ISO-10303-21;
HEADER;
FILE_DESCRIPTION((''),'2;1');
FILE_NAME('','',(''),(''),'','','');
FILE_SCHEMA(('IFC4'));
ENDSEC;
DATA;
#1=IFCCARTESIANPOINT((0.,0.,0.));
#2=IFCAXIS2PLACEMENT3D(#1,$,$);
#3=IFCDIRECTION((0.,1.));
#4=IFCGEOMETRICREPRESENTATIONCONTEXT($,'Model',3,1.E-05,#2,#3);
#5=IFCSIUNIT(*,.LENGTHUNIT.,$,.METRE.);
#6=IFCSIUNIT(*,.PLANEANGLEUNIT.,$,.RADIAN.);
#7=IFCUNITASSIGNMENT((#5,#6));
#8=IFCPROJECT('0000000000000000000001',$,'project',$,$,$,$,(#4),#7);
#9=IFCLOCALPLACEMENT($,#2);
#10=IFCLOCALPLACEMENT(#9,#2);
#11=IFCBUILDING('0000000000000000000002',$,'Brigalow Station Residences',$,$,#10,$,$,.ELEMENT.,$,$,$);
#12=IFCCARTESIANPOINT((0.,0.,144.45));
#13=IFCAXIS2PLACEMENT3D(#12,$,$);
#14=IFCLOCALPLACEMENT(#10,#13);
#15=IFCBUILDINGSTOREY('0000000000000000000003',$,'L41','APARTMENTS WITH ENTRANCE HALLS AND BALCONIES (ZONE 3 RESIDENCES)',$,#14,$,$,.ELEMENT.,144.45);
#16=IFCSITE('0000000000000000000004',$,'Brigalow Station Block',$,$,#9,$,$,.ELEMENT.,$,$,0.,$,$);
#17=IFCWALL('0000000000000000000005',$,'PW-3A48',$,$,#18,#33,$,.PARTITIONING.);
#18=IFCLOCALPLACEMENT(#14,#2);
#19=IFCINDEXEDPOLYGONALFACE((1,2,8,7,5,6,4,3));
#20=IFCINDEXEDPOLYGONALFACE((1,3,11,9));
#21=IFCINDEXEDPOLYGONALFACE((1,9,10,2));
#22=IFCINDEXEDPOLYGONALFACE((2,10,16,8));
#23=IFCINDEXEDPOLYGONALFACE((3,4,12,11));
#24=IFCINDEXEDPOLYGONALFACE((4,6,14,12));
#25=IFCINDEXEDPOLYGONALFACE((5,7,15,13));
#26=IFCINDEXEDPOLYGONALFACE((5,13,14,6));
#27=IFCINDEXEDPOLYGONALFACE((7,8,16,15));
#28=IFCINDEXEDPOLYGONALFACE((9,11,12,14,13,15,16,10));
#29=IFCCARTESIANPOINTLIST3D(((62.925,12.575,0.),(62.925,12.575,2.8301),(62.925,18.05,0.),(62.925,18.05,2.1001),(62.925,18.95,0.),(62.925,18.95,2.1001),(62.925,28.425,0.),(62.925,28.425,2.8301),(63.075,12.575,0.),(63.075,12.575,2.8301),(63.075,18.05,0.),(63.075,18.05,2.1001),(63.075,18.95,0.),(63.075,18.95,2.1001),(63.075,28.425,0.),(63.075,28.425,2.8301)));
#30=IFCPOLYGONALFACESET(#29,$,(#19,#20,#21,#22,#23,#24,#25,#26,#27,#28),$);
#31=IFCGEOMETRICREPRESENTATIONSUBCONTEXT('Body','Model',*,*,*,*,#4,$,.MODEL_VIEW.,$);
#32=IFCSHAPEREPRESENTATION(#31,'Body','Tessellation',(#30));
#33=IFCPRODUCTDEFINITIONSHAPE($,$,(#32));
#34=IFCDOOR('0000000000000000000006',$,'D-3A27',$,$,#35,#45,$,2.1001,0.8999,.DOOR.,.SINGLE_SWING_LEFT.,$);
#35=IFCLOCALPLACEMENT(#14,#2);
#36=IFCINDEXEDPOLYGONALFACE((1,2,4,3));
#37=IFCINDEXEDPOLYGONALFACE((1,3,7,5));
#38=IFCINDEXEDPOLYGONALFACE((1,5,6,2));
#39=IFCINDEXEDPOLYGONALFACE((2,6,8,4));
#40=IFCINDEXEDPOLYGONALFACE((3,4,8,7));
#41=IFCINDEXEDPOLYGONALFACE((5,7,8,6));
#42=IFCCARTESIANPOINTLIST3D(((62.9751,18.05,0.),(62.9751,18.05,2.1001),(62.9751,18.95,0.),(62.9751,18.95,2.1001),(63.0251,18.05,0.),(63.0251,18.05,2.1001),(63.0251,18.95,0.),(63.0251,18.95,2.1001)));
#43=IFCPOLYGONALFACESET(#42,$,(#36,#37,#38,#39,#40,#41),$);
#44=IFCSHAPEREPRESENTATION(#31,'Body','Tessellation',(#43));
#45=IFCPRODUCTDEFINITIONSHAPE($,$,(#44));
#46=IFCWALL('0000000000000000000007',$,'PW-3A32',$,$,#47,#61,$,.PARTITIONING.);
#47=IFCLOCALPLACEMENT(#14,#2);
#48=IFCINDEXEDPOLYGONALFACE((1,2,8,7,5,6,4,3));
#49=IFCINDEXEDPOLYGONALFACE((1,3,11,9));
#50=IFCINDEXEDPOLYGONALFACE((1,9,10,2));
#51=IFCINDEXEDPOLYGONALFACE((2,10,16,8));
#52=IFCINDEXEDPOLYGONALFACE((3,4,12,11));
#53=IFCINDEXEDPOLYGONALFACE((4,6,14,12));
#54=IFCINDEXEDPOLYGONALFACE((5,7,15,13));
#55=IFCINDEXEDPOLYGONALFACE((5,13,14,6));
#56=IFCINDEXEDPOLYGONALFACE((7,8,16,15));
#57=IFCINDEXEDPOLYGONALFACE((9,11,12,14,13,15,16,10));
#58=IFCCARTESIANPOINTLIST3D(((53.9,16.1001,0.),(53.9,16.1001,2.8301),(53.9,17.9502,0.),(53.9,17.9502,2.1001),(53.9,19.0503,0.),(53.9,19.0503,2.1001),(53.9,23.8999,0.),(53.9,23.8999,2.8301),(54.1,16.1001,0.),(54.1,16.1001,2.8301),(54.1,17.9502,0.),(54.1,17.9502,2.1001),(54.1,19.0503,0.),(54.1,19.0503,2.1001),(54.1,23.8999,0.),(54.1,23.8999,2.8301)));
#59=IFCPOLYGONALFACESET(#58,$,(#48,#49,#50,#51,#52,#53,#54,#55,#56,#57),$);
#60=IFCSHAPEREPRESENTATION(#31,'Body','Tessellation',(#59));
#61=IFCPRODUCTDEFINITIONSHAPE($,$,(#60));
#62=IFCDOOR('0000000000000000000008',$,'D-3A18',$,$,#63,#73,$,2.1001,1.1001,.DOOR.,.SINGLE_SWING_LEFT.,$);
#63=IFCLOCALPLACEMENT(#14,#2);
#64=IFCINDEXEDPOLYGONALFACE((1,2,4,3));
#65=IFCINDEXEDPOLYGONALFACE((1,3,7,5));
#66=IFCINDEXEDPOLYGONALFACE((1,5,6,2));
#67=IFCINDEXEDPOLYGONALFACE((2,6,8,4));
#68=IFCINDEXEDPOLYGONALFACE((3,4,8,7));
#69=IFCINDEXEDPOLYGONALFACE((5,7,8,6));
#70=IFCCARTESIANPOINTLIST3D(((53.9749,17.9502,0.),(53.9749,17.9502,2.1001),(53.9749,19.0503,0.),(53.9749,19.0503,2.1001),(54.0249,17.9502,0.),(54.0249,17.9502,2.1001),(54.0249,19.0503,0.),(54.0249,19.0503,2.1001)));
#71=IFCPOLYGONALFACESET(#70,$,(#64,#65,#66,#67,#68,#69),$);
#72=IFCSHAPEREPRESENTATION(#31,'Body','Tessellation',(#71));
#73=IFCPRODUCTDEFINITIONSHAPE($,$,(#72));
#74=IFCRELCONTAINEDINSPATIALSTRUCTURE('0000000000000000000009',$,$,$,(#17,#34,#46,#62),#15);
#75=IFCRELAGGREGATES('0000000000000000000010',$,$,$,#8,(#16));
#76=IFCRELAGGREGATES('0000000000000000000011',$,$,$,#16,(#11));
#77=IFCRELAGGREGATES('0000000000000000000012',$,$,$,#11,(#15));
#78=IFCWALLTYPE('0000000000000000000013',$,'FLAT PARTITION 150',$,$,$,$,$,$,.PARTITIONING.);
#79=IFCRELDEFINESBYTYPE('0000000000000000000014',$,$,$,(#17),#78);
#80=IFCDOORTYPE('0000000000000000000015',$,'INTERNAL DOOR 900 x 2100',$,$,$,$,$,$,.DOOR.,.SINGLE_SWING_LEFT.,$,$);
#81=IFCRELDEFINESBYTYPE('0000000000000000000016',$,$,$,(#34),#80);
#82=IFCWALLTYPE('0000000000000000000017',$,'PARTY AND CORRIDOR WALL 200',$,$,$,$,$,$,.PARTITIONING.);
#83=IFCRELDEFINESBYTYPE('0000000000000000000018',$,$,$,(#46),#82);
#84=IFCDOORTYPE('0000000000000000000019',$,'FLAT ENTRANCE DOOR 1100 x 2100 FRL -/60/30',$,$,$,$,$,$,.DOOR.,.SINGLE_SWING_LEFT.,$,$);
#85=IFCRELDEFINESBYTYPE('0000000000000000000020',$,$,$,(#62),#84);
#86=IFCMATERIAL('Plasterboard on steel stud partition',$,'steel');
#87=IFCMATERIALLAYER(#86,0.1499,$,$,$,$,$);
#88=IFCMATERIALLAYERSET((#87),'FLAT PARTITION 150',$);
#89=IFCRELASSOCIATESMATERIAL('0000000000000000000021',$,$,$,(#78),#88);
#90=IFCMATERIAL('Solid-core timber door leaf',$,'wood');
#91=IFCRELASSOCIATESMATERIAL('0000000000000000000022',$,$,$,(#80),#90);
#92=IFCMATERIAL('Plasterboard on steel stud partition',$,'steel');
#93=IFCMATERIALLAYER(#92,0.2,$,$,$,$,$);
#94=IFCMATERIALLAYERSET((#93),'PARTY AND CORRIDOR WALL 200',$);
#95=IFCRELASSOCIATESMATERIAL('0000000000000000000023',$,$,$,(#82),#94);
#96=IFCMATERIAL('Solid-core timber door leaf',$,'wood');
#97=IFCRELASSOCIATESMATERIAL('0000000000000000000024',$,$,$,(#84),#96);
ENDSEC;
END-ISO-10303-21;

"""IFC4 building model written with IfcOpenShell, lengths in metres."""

from ifc_helpers import new_model, si_unit, direction, frame, frame_2d, origin, place, context, subcontext, project, spatial, rectangle, extrude, material, layer, layer_set, type_object, element, fill, save


model = new_model("IFC4")

# Units and contexts
model_context = context("Model", 3, precision=1e-05, world=origin(), true_north=direction((0.0, 1.0)))
body_context = subcontext(model_context, "Body", "Model", "MODEL_VIEW")
ifc_project = project(units=[si_unit("LENGTHUNIT", "METRE"), si_unit("PLANEANGLEUNIT", "RADIAN")], contexts=[model_context])

# Site, building, storey
site_placement = place(None, origin())
site = spatial("IfcSite", under=ifc_project, at=site_placement, Name="Brigalow Station Block", CompositionType="ELEMENT", RefElevation=0.0)
building_placement = place(site_placement, origin())
building = spatial("IfcBuilding", under=site, at=building_placement, Name="Brigalow Station Residences", CompositionType="ELEMENT")
storey_placement = place(building_placement, frame((0.0, 0.0, 144.45)))
storey = spatial("IfcBuildingStorey", under=building, at=storey_placement, Name="L41", Description="APARTMENTS WITH ENTRANCE HALLS AND BALCONIES (ZONE 3 RESIDENCES)", CompositionType="ELEMENT", Elevation=144.45)

# Shared definitions
ifc_material_1 = material(Name="Plasterboard on steel stud partition", Category="steel")
ifc_layer_1 = layer(ifc_material_1, 0.1499)
ifc_layer_set_1 = layer_set([ifc_layer_1], Name="FLAT PARTITION 150")
wall_type_1 = type_object("IfcWallType", Name="FLAT PARTITION 150", PredefinedType="PARTITIONING", material=ifc_layer_set_1)
ifc_material_2 = material(Name="Solid-core timber door leaf", Category="wood")
door_type_1 = type_object("IfcDoorType", Name="INTERNAL DOOR 900 x 2100", OperationType="SINGLE_SWING_LEFT", PredefinedType="DOOR", material=ifc_material_2)

# Walls, openings, doors
wall_1_placement = place(storey_placement, frame((63.0, 12.575, 0.0), z_axis=(0.0, 0.0, 1.0), x_axis=(0.0, 1.0, 0.0)))
wall_1 = element("IfcWall", 1, at=wall_1_placement, inside=storey, type_object=wall_type_1, Name="PW-3A48", PredefinedType="PARTITIONING", context=body_context, shape_type="SweptSolid", body=[
    extrude(rectangle(XDim=15.8501, YDim=0.1499, at=frame_2d((7.925, 0.0))), origin(), (0.0, 0.0, 1.0), 2.8301),
])
opening_1_placement = place(wall_1_placement, frame((5.4751, 0.0, 0.0)))
opening_1 = element("IfcOpeningElement", 2, at=opening_1_placement, cuts=wall_1, PredefinedType="OPENING", context=body_context, shape_type="SweptSolid", body=[
    extrude(rectangle(XDim=0.8999, YDim=2.1001, at=frame_2d((0.45, 1.05))), frame((0.0, 0.085, 0.0), z_axis=(0.0, -1.0, 0.0), x_axis=(1.0, 0.0, 0.0)), (0.0, 0.0, 1.0), 0.1699),
])
door_1_placement = place(opening_1_placement, origin())
door_1 = element("IfcDoor", 3, at=door_1_placement, inside=storey, type_object=door_type_1, Name="D-3A27", OperationType="SINGLE_SWING_LEFT", OverallHeight=2.1001, OverallWidth=0.8999, PredefinedType="DOOR", context=body_context, shape_type="SweptSolid", body=[
    extrude(rectangle(XDim=0.8999, YDim=2.1001, at=frame_2d((0.45, 1.05))), frame((0.0, 0.0249, 0.0), z_axis=(0.0, -1.0, 0.0), x_axis=(1.0, 0.0, 0.0)), (0.0, 0.0, 1.0), 0.05),
])
fill(opening_1, door_1)
ifc_material_3 = material(Name="Plasterboard on steel stud partition", Category="steel")
ifc_layer_2 = layer(ifc_material_3, 0.2)
ifc_layer_set_2 = layer_set([ifc_layer_2], Name="PARTY AND CORRIDOR WALL 200")
wall_type_2 = type_object("IfcWallType", Name="PARTY AND CORRIDOR WALL 200", PredefinedType="PARTITIONING", material=ifc_layer_set_2)
wall_2_placement = place(storey_placement, frame((54.0, 16.1001, 0.0), z_axis=(0.0, 0.0, 1.0), x_axis=(0.0, 1.0, 0.0)))
wall_2 = element("IfcWall", 4, at=wall_2_placement, inside=storey, type_object=wall_type_2, Name="PW-3A32", PredefinedType="PARTITIONING", context=body_context, shape_type="SweptSolid", body=[
    extrude(rectangle(XDim=7.7998, YDim=0.2, at=frame_2d((3.8999, 0.0))), origin(), (0.0, 0.0, 1.0), 2.8301),
])
opening_2_placement = place(wall_2_placement, frame((1.8501, 0.0, 0.0)))
opening_2 = element("IfcOpeningElement", 5, at=opening_2_placement, cuts=wall_2, PredefinedType="OPENING", context=body_context, shape_type="SweptSolid", body=[
    extrude(rectangle(XDim=1.1001, YDim=2.1001, at=frame_2d((0.55, 1.05))), frame((0.0, 0.1099, 0.0), z_axis=(0.0, -1.0, 0.0), x_axis=(1.0, 0.0, 0.0)), (0.0, 0.0, 1.0), 0.22),
])
ifc_material_4 = material(Name="Solid-core timber door leaf", Category="wood")
door_type_2 = type_object("IfcDoorType", Name="FLAT ENTRANCE DOOR 1100 x 2100 FRL -/60/30", OperationType="SINGLE_SWING_LEFT", PredefinedType="DOOR", material=ifc_material_4)
door_2_placement = place(opening_2_placement, frame((1.1001, 0.0, 0.0), z_axis=(0.0, 0.0, 1.0), x_axis=(-1.0, 0.0, 0.0)))
door_2 = element("IfcDoor", 6, at=door_2_placement, inside=storey, type_object=door_type_2, Name="D-3A18", OperationType="SINGLE_SWING_LEFT", OverallHeight=2.1001, OverallWidth=1.1001, PredefinedType="DOOR", context=body_context, shape_type="SweptSolid", body=[
    extrude(rectangle(XDim=1.1001, YDim=2.1001, at=frame_2d((0.55, 1.05))), frame((0.0, 0.0249, 0.0), z_axis=(0.0, -1.0, 0.0), x_axis=(1.0, 0.0, 0.0)), (0.0, 0.0, 1.0), 0.05),
])
fill(opening_2, door_2)

save(model, "model.ifc")
